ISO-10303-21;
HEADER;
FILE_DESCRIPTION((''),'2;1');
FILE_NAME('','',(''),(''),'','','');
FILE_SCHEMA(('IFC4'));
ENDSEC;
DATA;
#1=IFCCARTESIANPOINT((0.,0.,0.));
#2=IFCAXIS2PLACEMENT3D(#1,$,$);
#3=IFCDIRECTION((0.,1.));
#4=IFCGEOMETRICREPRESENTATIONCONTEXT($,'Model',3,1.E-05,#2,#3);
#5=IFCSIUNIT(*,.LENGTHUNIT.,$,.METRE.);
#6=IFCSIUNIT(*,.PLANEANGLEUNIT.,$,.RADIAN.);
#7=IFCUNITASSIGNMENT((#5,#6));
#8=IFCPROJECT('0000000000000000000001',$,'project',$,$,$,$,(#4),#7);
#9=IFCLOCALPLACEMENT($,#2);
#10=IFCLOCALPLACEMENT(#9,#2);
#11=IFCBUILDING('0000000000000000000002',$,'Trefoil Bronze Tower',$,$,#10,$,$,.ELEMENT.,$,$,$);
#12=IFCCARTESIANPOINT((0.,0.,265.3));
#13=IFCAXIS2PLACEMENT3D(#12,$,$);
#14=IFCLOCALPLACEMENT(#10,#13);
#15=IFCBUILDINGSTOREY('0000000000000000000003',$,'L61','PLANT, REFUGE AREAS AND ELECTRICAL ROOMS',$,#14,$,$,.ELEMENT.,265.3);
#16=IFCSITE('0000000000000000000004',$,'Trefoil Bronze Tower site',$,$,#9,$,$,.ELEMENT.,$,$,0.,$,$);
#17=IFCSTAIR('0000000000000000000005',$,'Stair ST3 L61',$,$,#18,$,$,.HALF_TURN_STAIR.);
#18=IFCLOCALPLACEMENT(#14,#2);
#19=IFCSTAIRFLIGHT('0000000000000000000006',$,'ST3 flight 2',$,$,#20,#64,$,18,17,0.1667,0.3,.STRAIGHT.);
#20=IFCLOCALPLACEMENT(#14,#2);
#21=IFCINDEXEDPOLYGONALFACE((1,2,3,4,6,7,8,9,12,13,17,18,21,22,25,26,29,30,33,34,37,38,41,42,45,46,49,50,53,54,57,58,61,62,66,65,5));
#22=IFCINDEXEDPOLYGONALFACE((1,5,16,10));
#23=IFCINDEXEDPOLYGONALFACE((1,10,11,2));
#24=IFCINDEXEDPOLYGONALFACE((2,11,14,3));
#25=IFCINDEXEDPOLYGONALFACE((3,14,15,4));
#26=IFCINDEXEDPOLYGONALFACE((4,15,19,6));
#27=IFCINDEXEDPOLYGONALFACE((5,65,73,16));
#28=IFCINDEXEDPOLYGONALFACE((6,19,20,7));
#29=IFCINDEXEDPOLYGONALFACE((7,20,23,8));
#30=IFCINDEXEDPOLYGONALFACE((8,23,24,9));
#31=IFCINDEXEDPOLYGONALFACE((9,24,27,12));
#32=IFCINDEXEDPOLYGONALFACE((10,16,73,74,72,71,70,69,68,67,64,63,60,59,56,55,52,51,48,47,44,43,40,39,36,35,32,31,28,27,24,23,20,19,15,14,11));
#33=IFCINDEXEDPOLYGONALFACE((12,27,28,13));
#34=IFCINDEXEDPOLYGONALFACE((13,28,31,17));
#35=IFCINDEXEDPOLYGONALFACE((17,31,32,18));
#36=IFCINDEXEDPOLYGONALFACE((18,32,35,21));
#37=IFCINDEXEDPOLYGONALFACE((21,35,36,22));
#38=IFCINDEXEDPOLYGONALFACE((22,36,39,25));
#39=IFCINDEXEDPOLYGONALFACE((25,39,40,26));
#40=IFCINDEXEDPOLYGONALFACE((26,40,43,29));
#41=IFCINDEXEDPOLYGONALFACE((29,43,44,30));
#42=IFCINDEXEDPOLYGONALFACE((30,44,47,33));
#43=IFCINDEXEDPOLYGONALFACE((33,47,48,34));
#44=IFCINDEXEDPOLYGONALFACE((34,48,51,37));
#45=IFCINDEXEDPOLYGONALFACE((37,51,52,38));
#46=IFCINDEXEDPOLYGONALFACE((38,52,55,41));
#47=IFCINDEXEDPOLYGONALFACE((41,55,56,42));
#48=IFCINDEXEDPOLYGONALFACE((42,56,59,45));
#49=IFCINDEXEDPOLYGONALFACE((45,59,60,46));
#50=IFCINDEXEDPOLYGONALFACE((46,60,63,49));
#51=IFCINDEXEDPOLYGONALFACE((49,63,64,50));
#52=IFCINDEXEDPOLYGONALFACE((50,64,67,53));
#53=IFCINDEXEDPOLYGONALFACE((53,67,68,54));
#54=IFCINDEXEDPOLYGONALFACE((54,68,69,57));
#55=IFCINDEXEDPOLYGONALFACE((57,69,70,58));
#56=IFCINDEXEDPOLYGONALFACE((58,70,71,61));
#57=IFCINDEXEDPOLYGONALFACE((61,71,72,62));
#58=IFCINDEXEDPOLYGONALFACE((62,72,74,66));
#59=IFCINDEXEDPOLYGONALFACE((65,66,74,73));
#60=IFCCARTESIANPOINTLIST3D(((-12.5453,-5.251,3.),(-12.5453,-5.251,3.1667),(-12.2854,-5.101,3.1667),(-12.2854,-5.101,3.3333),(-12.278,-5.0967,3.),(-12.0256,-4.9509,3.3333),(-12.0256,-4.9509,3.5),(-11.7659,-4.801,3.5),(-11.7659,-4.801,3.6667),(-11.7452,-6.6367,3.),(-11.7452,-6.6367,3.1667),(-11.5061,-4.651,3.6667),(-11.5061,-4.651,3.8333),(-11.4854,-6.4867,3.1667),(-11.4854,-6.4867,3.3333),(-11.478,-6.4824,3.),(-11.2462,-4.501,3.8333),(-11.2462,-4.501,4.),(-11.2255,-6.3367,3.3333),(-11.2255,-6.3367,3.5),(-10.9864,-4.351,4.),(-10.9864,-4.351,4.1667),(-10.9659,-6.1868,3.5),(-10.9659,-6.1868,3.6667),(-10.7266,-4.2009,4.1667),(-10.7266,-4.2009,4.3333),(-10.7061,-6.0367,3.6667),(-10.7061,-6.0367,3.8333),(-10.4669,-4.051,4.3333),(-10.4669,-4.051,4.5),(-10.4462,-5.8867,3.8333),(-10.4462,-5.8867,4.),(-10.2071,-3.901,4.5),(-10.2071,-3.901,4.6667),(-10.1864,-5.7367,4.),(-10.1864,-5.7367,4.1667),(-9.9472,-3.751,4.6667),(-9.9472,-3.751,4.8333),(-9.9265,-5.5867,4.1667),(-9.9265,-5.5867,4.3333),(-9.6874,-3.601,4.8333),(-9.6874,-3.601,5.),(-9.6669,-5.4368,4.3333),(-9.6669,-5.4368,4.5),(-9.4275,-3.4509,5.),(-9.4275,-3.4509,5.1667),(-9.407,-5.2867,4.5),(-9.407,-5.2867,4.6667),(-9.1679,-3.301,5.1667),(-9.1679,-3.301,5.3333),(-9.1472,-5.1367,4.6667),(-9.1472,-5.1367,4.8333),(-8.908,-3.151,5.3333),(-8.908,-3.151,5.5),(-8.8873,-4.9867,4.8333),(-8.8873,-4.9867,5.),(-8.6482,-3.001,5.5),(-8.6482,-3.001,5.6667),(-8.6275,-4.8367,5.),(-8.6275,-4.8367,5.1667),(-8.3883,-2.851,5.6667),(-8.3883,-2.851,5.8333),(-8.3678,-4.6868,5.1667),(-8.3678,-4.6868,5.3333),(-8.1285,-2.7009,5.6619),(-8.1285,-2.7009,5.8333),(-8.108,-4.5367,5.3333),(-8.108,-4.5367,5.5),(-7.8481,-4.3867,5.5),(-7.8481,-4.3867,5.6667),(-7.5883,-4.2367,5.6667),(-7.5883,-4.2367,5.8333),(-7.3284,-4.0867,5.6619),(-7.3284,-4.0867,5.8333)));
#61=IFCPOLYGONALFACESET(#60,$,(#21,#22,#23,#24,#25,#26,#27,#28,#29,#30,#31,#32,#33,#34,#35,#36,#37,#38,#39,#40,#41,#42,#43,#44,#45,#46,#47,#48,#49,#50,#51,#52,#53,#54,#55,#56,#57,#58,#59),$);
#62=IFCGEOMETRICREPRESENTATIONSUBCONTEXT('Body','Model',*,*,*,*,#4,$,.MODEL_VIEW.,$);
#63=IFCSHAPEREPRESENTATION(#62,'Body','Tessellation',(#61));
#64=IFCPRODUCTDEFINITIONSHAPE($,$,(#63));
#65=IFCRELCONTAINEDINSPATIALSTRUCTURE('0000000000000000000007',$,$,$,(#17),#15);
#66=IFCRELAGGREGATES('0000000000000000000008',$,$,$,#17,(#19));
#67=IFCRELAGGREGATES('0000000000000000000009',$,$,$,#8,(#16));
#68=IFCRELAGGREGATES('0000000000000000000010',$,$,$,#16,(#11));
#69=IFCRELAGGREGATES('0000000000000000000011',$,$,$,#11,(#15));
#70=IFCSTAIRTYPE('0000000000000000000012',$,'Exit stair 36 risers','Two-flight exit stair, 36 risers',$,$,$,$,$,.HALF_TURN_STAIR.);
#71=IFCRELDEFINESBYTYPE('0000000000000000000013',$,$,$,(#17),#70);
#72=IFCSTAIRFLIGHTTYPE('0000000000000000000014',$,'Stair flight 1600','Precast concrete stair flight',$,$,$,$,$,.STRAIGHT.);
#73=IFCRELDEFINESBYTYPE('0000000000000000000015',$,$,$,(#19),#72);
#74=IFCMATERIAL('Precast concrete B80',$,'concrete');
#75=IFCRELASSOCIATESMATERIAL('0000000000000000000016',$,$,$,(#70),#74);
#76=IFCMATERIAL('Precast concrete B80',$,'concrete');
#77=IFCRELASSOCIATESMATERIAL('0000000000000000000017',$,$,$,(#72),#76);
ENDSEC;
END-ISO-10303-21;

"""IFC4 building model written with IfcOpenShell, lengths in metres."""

from ifc_helpers import new_model, si_unit, direction, frame, origin, place, context, subcontext, project, spatial, polyline, outline, extrude, material, type_object, element, aggregate, save


model = new_model("IFC4")

# Units and contexts
model_context = context("Model", 3, precision=1e-05, world=origin(), true_north=direction((0.0, 1.0)))
body_context = subcontext(model_context, "Body", "Model", "MODEL_VIEW")
ifc_project = project(units=[si_unit("LENGTHUNIT", "METRE"), si_unit("PLANEANGLEUNIT", "RADIAN")], contexts=[model_context])

# Site, building, storey
site_placement = place(None, origin())
site = spatial("IfcSite", under=ifc_project, at=site_placement, Name="Trefoil Bronze Tower site", CompositionType="ELEMENT", RefElevation=0.0)
building_placement = place(site_placement, origin())
building = spatial("IfcBuilding", under=site, at=building_placement, Name="Trefoil Bronze Tower", CompositionType="ELEMENT")
storey_placement = place(building_placement, frame((0.0, 0.0, 265.3)))
storey = spatial("IfcBuildingStorey", under=building, at=storey_placement, Name="L61", Description="PLANT, REFUGE AREAS AND ELECTRICAL ROOMS", CompositionType="ELEMENT", Elevation=265.3)

# Stair, stair flight
ifc_material_1 = material(Name="Precast concrete B80", Category="concrete")
stair_type = type_object("IfcStairType", Name="Exit stair 36 risers", Description="Two-flight exit stair, 36 risers", PredefinedType="HALF_TURN_STAIR", material=ifc_material_1)
stair_placement = place(storey_placement, origin())
stair = element("IfcStair", 1, at=stair_placement, inside=storey, type_object=stair_type, Name="Stair ST3 L61", PredefinedType="HALF_TURN_STAIR")
ifc_material_2 = material(Name="Precast concrete B80", Category="concrete")
stair_flight_type = type_object("IfcStairFlightType", Name="Stair flight 1600", Description="Precast concrete stair flight", PredefinedType="STRAIGHT", material=ifc_material_2)
stair_flight_1_placement = place(storey_placement, frame((-12.1453, -5.9438, 3.0), z_axis=(0.0, 0.0, 1.0), x_axis=(0.866025, 0.5, 0.0)))
stair_flight_1 = element("IfcStairFlight", 2, at=stair_flight_1_placement, type_object=stair_flight_type, Name="ST3 flight 2", NumberOfRisers=18, NumberOfTreads=17, PredefinedType="STRAIGHT", RiserHeight=0.1667, TreadLength=0.3, context=body_context, shape_type="SweptSolid", body=[
    extrude(outline(polyline([(0.0, 0.0), (0.0, 0.1667), (0.3, 0.1667), (0.3, 0.3333), (0.6001, 0.3333), (0.6001, 0.5), (0.8999, 0.5), (0.8999, 0.6667), (1.2, 0.6667), (1.2, 0.8333), (1.5, 0.8333), (1.5, 1.0), (1.8, 1.0), (1.8, 1.1667), (2.1001, 1.1667), (2.1001, 1.3333), (2.3999, 1.3333), (2.3999, 1.5), (2.7, 1.5), (2.7, 1.6667), (3.0, 1.6667), (3.0, 1.8333), (3.3, 1.8333), (3.3, 2.0), (3.6001, 2.0), (3.6001, 2.1667), (3.8999, 2.1667), (3.8999, 2.3333), (4.2, 2.3333), (4.2, 2.5), (4.5, 2.5), (4.5, 2.6667), (4.8, 2.6667), (4.8, 2.8333), (5.1001, 2.8333), (5.1001, 3.0), (5.1001, 2.6619), (0.3086, 0.0), (0.0, 0.0)])), frame((0.0, 0.8, 0.0), z_axis=(0.0, -1.0, 0.0), x_axis=(1.0, 0.0, 0.0)), (0.0, 0.0, 1.0), 1.6001),
])
aggregate(stair, [stair_flight_1])

save(model, "model.ifc")
